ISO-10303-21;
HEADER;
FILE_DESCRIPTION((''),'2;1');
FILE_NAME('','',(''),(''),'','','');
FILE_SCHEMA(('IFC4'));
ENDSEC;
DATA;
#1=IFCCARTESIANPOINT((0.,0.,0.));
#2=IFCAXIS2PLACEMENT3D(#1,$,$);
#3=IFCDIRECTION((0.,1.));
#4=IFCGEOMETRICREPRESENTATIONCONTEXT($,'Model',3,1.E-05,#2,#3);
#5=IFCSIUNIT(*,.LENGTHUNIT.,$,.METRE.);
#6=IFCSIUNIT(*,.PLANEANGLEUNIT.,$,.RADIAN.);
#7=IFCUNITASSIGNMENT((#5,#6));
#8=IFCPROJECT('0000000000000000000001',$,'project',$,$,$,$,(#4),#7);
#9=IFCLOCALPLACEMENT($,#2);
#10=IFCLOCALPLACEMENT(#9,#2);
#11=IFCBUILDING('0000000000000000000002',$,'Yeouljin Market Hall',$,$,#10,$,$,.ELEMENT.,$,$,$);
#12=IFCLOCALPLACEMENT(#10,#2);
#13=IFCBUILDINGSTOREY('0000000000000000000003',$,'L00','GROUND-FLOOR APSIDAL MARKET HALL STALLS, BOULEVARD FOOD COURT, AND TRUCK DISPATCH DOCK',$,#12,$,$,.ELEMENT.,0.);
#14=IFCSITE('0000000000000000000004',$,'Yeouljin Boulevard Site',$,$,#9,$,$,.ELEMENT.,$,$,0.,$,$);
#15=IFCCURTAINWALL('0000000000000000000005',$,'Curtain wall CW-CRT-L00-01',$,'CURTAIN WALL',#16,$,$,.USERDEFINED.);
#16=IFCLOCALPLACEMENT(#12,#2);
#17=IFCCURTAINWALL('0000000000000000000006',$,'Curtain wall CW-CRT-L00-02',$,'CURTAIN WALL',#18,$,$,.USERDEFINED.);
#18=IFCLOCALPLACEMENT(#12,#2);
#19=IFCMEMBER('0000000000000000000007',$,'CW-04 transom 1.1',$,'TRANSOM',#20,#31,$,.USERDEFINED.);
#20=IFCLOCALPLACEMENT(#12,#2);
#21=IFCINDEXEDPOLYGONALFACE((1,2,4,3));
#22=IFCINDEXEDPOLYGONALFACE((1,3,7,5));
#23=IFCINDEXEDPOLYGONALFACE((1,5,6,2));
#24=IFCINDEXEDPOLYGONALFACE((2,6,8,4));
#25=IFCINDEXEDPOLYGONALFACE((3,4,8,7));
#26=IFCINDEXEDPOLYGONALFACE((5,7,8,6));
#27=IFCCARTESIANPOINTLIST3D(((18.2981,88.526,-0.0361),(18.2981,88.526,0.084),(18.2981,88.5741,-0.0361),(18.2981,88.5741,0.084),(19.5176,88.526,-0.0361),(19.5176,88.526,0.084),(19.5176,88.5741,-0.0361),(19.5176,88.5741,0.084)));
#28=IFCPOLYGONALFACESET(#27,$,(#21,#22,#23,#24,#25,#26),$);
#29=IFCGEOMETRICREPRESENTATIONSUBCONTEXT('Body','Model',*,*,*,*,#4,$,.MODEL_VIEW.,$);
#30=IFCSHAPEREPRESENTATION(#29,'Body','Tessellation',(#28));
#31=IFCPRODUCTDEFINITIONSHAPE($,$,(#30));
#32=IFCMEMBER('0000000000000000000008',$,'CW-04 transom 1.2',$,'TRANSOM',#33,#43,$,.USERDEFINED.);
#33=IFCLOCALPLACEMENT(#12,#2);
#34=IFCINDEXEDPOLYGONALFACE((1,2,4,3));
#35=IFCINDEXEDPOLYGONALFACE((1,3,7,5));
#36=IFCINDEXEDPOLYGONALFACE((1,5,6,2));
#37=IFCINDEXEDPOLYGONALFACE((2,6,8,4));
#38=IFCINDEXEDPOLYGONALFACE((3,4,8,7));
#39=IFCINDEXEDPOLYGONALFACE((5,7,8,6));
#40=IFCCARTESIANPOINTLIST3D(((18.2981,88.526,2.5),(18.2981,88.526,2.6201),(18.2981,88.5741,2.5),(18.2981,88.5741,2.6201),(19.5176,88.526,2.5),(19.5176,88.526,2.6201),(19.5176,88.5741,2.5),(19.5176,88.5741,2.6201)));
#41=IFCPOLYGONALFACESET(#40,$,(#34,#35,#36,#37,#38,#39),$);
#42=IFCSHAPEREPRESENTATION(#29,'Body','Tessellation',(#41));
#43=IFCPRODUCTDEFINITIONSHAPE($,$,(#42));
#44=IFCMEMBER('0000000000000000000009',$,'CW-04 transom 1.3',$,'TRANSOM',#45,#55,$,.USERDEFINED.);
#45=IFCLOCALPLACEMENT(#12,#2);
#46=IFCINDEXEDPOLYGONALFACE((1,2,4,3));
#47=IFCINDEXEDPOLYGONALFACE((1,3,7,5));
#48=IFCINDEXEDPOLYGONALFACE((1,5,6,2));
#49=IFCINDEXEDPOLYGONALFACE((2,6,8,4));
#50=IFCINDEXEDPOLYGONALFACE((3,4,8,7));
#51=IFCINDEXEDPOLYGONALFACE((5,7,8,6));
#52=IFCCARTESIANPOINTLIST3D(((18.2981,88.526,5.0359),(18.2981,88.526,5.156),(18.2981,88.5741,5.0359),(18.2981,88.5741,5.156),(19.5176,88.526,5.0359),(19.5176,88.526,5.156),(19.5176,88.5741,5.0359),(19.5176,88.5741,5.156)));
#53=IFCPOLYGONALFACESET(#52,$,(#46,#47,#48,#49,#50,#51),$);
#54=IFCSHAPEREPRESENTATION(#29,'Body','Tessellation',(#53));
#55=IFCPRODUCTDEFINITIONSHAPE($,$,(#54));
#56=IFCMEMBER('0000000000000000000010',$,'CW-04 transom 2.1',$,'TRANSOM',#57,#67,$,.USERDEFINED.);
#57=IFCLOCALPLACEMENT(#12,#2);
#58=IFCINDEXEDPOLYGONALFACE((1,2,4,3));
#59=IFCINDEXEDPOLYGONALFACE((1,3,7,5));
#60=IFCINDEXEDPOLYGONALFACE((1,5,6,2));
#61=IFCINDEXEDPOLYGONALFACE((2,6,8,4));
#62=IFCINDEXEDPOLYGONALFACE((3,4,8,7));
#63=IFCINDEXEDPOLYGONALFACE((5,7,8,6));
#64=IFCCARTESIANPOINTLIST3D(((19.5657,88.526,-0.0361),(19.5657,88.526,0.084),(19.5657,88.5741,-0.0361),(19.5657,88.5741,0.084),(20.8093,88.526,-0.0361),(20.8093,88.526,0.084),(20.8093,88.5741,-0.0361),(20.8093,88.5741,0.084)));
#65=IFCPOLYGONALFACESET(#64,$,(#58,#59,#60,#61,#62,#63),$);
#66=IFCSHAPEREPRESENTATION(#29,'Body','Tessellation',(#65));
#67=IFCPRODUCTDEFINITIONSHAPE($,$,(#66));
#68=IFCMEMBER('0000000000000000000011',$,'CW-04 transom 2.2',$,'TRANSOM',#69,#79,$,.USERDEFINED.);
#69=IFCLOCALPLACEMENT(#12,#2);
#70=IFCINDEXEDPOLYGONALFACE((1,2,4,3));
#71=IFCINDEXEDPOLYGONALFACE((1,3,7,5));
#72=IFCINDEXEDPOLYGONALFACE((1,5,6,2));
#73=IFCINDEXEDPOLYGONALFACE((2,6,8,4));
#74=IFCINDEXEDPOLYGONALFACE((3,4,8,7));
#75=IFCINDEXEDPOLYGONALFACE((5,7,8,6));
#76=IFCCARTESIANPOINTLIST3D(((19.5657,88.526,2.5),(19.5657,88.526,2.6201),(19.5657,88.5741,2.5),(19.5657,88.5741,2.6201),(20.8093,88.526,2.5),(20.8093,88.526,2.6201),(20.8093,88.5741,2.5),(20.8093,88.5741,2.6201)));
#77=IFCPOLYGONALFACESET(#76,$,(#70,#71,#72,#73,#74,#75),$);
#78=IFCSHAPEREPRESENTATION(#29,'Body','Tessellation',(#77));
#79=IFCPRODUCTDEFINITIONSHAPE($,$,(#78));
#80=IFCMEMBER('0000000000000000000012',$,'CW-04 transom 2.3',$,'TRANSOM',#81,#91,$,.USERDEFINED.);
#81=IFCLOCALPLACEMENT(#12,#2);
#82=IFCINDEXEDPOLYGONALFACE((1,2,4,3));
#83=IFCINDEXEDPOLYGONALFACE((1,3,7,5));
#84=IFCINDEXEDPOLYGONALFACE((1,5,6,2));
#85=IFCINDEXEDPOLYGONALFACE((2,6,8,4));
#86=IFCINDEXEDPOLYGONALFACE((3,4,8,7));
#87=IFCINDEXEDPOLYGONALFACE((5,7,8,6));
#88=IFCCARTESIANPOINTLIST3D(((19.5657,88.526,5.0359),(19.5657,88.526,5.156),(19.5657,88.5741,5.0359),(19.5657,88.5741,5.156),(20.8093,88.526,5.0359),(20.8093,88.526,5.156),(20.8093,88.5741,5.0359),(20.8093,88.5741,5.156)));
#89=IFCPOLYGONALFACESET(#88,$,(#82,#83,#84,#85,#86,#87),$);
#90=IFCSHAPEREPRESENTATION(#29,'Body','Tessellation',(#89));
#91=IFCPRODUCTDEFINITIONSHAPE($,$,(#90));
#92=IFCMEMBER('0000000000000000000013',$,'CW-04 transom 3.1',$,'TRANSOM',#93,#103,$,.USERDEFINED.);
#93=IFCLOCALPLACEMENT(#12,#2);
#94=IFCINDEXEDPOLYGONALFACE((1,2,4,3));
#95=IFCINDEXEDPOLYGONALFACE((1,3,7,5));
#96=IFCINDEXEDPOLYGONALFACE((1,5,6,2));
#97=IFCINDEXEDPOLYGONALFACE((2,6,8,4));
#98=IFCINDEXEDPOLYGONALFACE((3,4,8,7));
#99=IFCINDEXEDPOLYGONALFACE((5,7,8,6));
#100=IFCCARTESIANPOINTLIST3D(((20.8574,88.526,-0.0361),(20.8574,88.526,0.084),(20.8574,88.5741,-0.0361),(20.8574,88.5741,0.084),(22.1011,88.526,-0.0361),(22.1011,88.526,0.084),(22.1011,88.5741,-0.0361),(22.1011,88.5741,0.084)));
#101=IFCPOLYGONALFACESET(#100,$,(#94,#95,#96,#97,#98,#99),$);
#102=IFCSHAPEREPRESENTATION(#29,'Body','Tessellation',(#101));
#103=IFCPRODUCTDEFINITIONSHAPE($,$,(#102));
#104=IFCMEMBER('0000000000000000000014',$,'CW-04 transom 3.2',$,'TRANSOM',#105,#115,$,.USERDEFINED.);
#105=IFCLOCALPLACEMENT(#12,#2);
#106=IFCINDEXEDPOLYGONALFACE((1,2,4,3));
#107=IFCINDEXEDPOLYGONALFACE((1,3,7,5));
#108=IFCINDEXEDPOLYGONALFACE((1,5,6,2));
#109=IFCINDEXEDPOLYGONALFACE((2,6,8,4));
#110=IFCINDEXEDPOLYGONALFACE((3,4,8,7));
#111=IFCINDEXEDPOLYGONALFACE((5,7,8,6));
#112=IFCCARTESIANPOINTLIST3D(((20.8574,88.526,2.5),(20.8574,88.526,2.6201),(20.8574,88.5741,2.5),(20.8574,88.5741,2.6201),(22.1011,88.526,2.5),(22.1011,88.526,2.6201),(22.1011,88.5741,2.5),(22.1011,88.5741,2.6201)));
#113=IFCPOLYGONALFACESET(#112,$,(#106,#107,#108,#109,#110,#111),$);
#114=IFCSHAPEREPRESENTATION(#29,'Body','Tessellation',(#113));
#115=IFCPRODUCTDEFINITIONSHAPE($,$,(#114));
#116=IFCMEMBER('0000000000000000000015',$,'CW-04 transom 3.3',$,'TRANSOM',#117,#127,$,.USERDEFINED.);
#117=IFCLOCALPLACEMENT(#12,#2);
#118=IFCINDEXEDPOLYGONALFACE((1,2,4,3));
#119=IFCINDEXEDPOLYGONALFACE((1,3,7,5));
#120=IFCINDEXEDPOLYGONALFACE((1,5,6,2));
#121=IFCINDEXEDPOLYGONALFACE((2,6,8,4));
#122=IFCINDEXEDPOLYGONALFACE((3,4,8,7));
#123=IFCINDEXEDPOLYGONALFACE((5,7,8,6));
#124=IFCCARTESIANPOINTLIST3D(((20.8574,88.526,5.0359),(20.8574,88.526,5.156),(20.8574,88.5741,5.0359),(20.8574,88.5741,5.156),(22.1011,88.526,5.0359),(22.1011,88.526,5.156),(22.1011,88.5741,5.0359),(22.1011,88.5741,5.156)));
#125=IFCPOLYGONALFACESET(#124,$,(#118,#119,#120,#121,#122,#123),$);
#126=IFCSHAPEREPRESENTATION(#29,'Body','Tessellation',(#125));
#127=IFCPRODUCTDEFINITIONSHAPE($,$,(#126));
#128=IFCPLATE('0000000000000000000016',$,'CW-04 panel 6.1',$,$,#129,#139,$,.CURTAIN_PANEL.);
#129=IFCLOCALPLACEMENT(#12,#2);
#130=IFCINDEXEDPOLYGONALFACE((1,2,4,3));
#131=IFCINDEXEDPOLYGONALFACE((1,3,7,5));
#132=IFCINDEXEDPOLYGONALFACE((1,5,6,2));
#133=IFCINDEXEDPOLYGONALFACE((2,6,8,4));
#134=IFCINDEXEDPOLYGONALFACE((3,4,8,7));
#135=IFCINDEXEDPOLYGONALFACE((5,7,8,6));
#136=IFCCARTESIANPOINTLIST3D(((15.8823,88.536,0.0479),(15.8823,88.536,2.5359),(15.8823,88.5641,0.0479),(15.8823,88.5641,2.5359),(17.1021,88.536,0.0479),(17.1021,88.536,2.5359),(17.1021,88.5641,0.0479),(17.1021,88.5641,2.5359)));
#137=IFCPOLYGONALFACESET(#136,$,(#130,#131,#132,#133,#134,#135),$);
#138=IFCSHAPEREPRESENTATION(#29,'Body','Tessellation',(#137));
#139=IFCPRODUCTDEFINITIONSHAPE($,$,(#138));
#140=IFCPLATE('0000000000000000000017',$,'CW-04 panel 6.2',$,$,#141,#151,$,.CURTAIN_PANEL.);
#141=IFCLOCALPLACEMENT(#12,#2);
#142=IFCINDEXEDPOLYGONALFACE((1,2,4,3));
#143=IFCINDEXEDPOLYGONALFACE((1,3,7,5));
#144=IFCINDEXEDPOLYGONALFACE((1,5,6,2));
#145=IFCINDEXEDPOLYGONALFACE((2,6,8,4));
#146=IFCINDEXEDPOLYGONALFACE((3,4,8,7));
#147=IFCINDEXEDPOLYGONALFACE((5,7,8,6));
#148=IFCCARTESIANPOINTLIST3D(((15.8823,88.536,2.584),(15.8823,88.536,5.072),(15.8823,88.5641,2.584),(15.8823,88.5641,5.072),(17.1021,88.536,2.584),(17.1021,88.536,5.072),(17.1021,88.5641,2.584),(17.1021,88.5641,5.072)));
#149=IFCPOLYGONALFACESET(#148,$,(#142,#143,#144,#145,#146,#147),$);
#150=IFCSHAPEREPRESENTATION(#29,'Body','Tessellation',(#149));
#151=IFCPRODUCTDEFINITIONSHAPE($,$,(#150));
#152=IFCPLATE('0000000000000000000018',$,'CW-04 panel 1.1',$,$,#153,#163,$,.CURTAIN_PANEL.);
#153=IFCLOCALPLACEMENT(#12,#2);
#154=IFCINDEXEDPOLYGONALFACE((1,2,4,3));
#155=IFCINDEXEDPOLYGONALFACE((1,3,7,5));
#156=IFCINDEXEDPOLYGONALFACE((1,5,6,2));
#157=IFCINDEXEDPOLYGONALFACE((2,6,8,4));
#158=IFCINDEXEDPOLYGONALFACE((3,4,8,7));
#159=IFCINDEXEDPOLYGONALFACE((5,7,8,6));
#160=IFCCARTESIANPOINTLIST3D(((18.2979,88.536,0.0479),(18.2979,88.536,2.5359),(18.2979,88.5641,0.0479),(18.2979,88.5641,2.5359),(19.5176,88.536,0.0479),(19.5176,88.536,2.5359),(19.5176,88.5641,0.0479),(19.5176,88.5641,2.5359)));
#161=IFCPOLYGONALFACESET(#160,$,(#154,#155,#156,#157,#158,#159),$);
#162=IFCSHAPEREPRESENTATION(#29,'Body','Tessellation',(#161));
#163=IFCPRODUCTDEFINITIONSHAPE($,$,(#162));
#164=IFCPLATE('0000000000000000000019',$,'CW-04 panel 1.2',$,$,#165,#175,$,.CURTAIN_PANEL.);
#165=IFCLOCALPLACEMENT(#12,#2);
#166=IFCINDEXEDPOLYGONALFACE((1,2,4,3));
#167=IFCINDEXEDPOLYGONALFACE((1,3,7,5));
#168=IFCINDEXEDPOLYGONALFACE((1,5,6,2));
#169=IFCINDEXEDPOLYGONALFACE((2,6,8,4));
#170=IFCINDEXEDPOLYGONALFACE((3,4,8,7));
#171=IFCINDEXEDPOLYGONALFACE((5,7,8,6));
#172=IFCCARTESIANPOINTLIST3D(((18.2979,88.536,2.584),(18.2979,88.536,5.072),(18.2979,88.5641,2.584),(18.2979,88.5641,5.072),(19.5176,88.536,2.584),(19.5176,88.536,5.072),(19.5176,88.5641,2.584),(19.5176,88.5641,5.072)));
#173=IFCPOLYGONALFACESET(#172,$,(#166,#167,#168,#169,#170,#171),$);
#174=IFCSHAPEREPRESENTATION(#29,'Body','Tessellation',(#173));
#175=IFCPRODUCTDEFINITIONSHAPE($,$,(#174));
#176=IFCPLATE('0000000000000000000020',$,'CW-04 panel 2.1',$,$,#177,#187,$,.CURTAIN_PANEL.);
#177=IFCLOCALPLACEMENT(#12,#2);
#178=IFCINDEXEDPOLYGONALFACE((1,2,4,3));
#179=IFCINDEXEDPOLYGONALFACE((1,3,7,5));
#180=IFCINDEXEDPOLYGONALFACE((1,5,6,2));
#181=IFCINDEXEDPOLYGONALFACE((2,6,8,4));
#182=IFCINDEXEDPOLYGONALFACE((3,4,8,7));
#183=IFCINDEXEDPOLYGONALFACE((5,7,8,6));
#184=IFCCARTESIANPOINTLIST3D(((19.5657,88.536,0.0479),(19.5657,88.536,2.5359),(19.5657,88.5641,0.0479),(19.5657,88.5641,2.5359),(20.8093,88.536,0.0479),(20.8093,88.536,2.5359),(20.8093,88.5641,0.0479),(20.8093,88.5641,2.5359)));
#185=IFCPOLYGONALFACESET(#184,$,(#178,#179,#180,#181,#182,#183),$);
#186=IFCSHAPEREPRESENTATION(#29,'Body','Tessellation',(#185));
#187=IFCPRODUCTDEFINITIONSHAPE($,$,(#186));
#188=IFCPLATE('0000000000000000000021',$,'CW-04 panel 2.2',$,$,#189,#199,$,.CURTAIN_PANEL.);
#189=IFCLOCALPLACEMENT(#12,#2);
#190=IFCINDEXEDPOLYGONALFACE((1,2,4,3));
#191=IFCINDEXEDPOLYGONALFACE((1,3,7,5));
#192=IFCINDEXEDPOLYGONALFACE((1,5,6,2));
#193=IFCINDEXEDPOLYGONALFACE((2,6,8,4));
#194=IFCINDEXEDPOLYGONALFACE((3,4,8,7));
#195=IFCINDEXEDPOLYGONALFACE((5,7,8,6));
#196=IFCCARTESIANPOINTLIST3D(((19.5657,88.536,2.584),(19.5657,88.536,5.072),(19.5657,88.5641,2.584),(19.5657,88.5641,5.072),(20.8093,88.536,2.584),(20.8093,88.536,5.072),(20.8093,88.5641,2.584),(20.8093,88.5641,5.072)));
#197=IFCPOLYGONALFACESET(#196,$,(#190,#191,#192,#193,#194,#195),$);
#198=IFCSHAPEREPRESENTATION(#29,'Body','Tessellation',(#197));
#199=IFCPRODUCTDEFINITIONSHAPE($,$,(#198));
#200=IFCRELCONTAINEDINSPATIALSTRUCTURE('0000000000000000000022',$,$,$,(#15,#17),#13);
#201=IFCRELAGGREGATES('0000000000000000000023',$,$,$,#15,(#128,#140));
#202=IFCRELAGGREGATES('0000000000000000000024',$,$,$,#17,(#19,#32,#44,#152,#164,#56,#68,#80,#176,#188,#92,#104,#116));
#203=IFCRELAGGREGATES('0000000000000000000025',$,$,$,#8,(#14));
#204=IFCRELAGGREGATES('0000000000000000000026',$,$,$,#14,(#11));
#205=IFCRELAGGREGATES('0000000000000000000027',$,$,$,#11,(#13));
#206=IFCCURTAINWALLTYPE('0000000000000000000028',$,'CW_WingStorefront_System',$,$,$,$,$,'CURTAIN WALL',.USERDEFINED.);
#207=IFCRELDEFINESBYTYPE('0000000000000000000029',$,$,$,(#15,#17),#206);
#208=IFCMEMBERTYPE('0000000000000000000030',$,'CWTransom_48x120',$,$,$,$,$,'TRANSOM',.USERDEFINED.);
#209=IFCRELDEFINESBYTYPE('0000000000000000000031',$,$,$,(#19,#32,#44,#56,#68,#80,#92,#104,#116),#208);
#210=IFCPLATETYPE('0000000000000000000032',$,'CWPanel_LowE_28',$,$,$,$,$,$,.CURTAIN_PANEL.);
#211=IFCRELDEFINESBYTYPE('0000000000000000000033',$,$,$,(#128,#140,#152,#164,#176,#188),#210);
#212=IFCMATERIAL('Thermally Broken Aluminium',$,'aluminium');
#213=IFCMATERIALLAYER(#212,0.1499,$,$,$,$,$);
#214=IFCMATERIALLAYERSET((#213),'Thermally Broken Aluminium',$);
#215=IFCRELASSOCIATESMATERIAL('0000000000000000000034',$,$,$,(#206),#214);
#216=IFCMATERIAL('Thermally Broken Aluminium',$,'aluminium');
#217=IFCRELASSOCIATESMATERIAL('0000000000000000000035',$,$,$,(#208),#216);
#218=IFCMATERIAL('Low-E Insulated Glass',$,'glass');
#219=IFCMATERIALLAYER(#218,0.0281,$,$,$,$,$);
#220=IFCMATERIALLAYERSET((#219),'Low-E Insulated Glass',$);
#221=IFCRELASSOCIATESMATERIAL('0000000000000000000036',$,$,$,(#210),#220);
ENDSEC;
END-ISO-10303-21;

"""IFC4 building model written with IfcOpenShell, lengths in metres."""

from ifc_helpers import new_model, si_unit, direction, frame, origin, origin_2d, place, context, subcontext, project, spatial, rectangle, extrude, material, layer, layer_set, material_profile, profile_set, type_object, element, aggregate, save


model = new_model("IFC4")

# Units and contexts
model_context = context("Model", 3, precision=1e-05, world=origin(), true_north=direction((0.0, 1.0)))
body_context = subcontext(model_context, "Body", "Model", "MODEL_VIEW")
ifc_project = project(units=[si_unit("LENGTHUNIT", "METRE"), si_unit("PLANEANGLEUNIT", "RADIAN")], contexts=[model_context])

# Site, building, storey
site_placement = place(None, origin())
site = spatial("IfcSite", under=ifc_project, at=site_placement, Name="Yeouljin Boulevard Site", CompositionType="ELEMENT", RefElevation=0.0)
building_placement = place(site_placement, origin())
building = spatial("IfcBuilding", under=site, at=building_placement, Name="Yeouljin Market Hall", CompositionType="ELEMENT")
storey_placement = place(building_placement, origin())
storey = spatial("IfcBuildingStorey", under=building, at=storey_placement, Name="L00", Description="GROUND-FLOOR APSIDAL MARKET HALL STALLS, BOULEVARD FOOD COURT, AND TRUCK DISPATCH DOCK", CompositionType="ELEMENT", Elevation=0.0)

# Curtain wall
ifc_material_1 = material(Name="Thermally Broken Aluminium", Category="aluminium")
ifc_layer_1 = layer(ifc_material_1, 0.1499)
ifc_layer_set_1 = layer_set([ifc_layer_1], Name="Thermally Broken Aluminium")
curtain_wall_type = type_object("IfcCurtainWallType", Name="CW_WingStorefront_System", ElementType="CURTAIN WALL", PredefinedType="USERDEFINED", material=ifc_layer_set_1)
curtain_wall_1_placement = place(storey_placement, origin())
curtain_wall_1 = element("IfcCurtainWall", 1, at=curtain_wall_1_placement, inside=storey, type_object=curtain_wall_type, Name="Curtain wall CW-CRT-L00-01", ObjectType="CURTAIN WALL", PredefinedType="USERDEFINED")

# Curtain wall, members
curtain_wall_2_placement = place(storey_placement, origin())
curtain_wall_2 = element("IfcCurtainWall", 2, at=curtain_wall_2_placement, inside=storey, type_object=curtain_wall_type, Name="Curtain wall CW-CRT-L00-02", ObjectType="CURTAIN WALL", PredefinedType="USERDEFINED")
ifc_material_2 = material(Name="Thermally Broken Aluminium", Category="aluminium")
ifc_material_profile_1 = material_profile(ifc_material_2, rectangle(XDim=0.0481, YDim=0.1201, at=origin_2d()), Name="CW-TRAN-48x120")
ifc_profile_set_1 = profile_set([ifc_material_profile_1], Name="Thermally Broken Aluminium")
member_type_1 = type_object("IfcMemberType", Name="CWTransom_48x120", ElementType="TRANSOM", PredefinedType="USERDEFINED", material=ifc_profile_set_1)
member_1_placement = place(storey_placement, frame((18.2981, 88.55, 0.0239), z_axis=(1.0, 0.0, 0.0), x_axis=(0.0, 1.0, 0.0)))
member_1 = element("IfcMember", 3, at=member_1_placement, type_object=member_type_1, Name="CW-04 transom 1.1", ObjectType="TRANSOM", PredefinedType="USERDEFINED", context=body_context, shape_type="SweptSolid", body=[
    extrude(rectangle(XDim=0.0481, YDim=0.1201, at=origin_2d()), origin(), (0.0, 0.0, 1.0), 1.2195),
])
member_2_placement = place(storey_placement, frame((18.2981, 88.55, 2.5601), z_axis=(1.0, 0.0, 0.0), x_axis=(0.0, 1.0, 0.0)))
member_2 = element("IfcMember", 4, at=member_2_placement, type_object=member_type_1, Name="CW-04 transom 1.2", ObjectType="TRANSOM", PredefinedType="USERDEFINED", context=body_context, shape_type="SweptSolid", body=[
    extrude(rectangle(XDim=0.0481, YDim=0.1201, at=origin_2d()), origin(), (0.0, 0.0, 1.0), 1.2195),
])
member_3_placement = place(storey_placement, frame((18.2981, 88.55, 5.0959), z_axis=(1.0, 0.0, 0.0), x_axis=(0.0, 1.0, 0.0)))
member_3 = element("IfcMember", 5, at=member_3_placement, type_object=member_type_1, Name="CW-04 transom 1.3", ObjectType="TRANSOM", PredefinedType="USERDEFINED", context=body_context, shape_type="SweptSolid", body=[
    extrude(rectangle(XDim=0.0481, YDim=0.1201, at=origin_2d()), origin(), (0.0, 0.0, 1.0), 1.2195),
])
member_4_placement = place(storey_placement, frame((19.5657, 88.55, 0.0239), z_axis=(1.0, 0.0, 0.0), x_axis=(0.0, 1.0, 0.0)))
member_4 = element("IfcMember", 6, at=member_4_placement, type_object=member_type_1, Name="CW-04 transom 2.1", ObjectType="TRANSOM", PredefinedType="USERDEFINED", context=body_context, shape_type="SweptSolid", body=[
    extrude(rectangle(XDim=0.0481, YDim=0.1201, at=origin_2d()), origin(), (0.0, 0.0, 1.0), 1.2437),
])
member_5_placement = place(storey_placement, frame((19.5657, 88.55, 2.5601), z_axis=(1.0, 0.0, 0.0), x_axis=(0.0, 1.0, 0.0)))
member_5 = element("IfcMember", 7, at=member_5_placement, type_object=member_type_1, Name="CW-04 transom 2.2", ObjectType="TRANSOM", PredefinedType="USERDEFINED", context=body_context, shape_type="SweptSolid", body=[
    extrude(rectangle(XDim=0.0481, YDim=0.1201, at=origin_2d()), origin(), (0.0, 0.0, 1.0), 1.2437),
])
member_6_placement = place(storey_placement, frame((19.5657, 88.55, 5.0959), z_axis=(1.0, 0.0, 0.0), x_axis=(0.0, 1.0, 0.0)))
member_6 = element("IfcMember", 8, at=member_6_placement, type_object=member_type_1, Name="CW-04 transom 2.3", ObjectType="TRANSOM", PredefinedType="USERDEFINED", context=body_context, shape_type="SweptSolid", body=[
    extrude(rectangle(XDim=0.0481, YDim=0.1201, at=origin_2d()), origin(), (0.0, 0.0, 1.0), 1.2437),
])
member_7_placement = place(storey_placement, frame((20.8574, 88.55, 0.0239), z_axis=(1.0, 0.0, 0.0), x_axis=(0.0, 1.0, 0.0)))
member_7 = element("IfcMember", 9, at=member_7_placement, type_object=member_type_1, Name="CW-04 transom 3.1", ObjectType="TRANSOM", PredefinedType="USERDEFINED", context=body_context, shape_type="SweptSolid", body=[
    extrude(rectangle(XDim=0.0481, YDim=0.1201, at=origin_2d()), origin(), (0.0, 0.0, 1.0), 1.2437),
])
member_8_placement = place(storey_placement, frame((20.8574, 88.55, 2.5601), z_axis=(1.0, 0.0, 0.0), x_axis=(0.0, 1.0, 0.0)))
member_8 = element("IfcMember", 10, at=member_8_placement, type_object=member_type_1, Name="CW-04 transom 3.2", ObjectType="TRANSOM", PredefinedType="USERDEFINED", context=body_context, shape_type="SweptSolid", body=[
    extrude(rectangle(XDim=0.0481, YDim=0.1201, at=origin_2d()), origin(), (0.0, 0.0, 1.0), 1.2437),
])
member_9_placement = place(storey_placement, frame((20.8574, 88.55, 5.0959), z_axis=(1.0, 0.0, 0.0), x_axis=(0.0, 1.0, 0.0)))
member_9 = element("IfcMember", 11, at=member_9_placement, type_object=member_type_1, Name="CW-04 transom 3.3", ObjectType="TRANSOM", PredefinedType="USERDEFINED", context=body_context, shape_type="SweptSolid", body=[
    extrude(rectangle(XDim=0.0481, YDim=0.1201, at=origin_2d()), origin(), (0.0, 0.0, 1.0), 1.2437),
])

# Plates
ifc_material_3 = material(Name="Low-E Insulated Glass", Category="glass")
ifc_layer_2 = layer(ifc_material_3, 0.0281)
ifc_layer_set_2 = layer_set([ifc_layer_2], Name="Low-E Insulated Glass")
plate_type_1 = type_object("IfcPlateType", Name="CWPanel_LowE_28", PredefinedType="CURTAIN_PANEL", material=ifc_layer_set_2)
plate_1_placement = place(storey_placement, frame((16.4922, 88.55, 0.0479), z_axis=(0.0, 0.0, 1.0), x_axis=(1.0, 0.0, 0.0)))
plate_1 = element("IfcPlate", 12, at=plate_1_placement, type_object=plate_type_1, Name="CW-04 panel 6.1", PredefinedType="CURTAIN_PANEL", context=body_context, shape_type="SweptSolid", body=[
    extrude(rectangle(XDim=1.2197, YDim=0.0281, at=origin_2d()), origin(), (0.0, 0.0, 1.0), 2.488),
])
plate_2_placement = place(storey_placement, frame((16.4922, 88.55, 2.584), z_axis=(0.0, 0.0, 1.0), x_axis=(1.0, 0.0, 0.0)))
plate_2 = element("IfcPlate", 13, at=plate_2_placement, type_object=plate_type_1, Name="CW-04 panel 6.2", PredefinedType="CURTAIN_PANEL", context=body_context, shape_type="SweptSolid", body=[
    extrude(rectangle(XDim=1.2197, YDim=0.0281, at=origin_2d()), origin(), (0.0, 0.0, 1.0), 2.488),
])
aggregate(curtain_wall_1, [plate_1, plate_2])
plate_3_placement = place(storey_placement, frame((18.9077, 88.55, 0.0479), z_axis=(0.0, 0.0, 1.0), x_axis=(1.0, 0.0, 0.0)))
plate_3 = element("IfcPlate", 14, at=plate_3_placement, type_object=plate_type_1, Name="CW-04 panel 1.1", PredefinedType="CURTAIN_PANEL", context=body_context, shape_type="SweptSolid", body=[
    extrude(rectangle(XDim=1.2197, YDim=0.0281, at=origin_2d()), origin(), (0.0, 0.0, 1.0), 2.488),
])
plate_4_placement = place(storey_placement, frame((18.9077, 88.55, 2.584), z_axis=(0.0, 0.0, 1.0), x_axis=(1.0, 0.0, 0.0)))
plate_4 = element("IfcPlate", 15, at=plate_4_placement, type_object=plate_type_1, Name="CW-04 panel 1.2", PredefinedType="CURTAIN_PANEL", context=body_context, shape_type="SweptSolid", body=[
    extrude(rectangle(XDim=1.2197, YDim=0.0281, at=origin_2d()), origin(), (0.0, 0.0, 1.0), 2.488),
])
plate_5_placement = place(storey_placement, frame((20.1875, 88.55, 0.0479), z_axis=(0.0, 0.0, 1.0), x_axis=(1.0, 0.0, 0.0)))
plate_5 = element("IfcPlate", 16, at=plate_5_placement, type_object=plate_type_1, Name="CW-04 panel 2.1", PredefinedType="CURTAIN_PANEL", context=body_context, shape_type="SweptSolid", body=[
    extrude(rectangle(XDim=1.2437, YDim=0.0281, at=origin_2d()), origin(), (0.0, 0.0, 1.0), 2.488),
])
plate_6_placement = place(storey_placement, frame((20.1875, 88.55, 2.584), z_axis=(0.0, 0.0, 1.0), x_axis=(1.0, 0.0, 0.0)))
plate_6 = element("IfcPlate", 17, at=plate_6_placement, type_object=plate_type_1, Name="CW-04 panel 2.2", PredefinedType="CURTAIN_PANEL", context=body_context, shape_type="SweptSolid", body=[
    extrude(rectangle(XDim=1.2437, YDim=0.0281, at=origin_2d()), origin(), (0.0, 0.0, 1.0), 2.488),
])
aggregate(curtain_wall_2, [member_1, member_2, member_3, plate_3, plate_4, member_4, member_5, member_6, plate_5, plate_6, member_7, member_8, member_9])

save(model, "model.ifc")
